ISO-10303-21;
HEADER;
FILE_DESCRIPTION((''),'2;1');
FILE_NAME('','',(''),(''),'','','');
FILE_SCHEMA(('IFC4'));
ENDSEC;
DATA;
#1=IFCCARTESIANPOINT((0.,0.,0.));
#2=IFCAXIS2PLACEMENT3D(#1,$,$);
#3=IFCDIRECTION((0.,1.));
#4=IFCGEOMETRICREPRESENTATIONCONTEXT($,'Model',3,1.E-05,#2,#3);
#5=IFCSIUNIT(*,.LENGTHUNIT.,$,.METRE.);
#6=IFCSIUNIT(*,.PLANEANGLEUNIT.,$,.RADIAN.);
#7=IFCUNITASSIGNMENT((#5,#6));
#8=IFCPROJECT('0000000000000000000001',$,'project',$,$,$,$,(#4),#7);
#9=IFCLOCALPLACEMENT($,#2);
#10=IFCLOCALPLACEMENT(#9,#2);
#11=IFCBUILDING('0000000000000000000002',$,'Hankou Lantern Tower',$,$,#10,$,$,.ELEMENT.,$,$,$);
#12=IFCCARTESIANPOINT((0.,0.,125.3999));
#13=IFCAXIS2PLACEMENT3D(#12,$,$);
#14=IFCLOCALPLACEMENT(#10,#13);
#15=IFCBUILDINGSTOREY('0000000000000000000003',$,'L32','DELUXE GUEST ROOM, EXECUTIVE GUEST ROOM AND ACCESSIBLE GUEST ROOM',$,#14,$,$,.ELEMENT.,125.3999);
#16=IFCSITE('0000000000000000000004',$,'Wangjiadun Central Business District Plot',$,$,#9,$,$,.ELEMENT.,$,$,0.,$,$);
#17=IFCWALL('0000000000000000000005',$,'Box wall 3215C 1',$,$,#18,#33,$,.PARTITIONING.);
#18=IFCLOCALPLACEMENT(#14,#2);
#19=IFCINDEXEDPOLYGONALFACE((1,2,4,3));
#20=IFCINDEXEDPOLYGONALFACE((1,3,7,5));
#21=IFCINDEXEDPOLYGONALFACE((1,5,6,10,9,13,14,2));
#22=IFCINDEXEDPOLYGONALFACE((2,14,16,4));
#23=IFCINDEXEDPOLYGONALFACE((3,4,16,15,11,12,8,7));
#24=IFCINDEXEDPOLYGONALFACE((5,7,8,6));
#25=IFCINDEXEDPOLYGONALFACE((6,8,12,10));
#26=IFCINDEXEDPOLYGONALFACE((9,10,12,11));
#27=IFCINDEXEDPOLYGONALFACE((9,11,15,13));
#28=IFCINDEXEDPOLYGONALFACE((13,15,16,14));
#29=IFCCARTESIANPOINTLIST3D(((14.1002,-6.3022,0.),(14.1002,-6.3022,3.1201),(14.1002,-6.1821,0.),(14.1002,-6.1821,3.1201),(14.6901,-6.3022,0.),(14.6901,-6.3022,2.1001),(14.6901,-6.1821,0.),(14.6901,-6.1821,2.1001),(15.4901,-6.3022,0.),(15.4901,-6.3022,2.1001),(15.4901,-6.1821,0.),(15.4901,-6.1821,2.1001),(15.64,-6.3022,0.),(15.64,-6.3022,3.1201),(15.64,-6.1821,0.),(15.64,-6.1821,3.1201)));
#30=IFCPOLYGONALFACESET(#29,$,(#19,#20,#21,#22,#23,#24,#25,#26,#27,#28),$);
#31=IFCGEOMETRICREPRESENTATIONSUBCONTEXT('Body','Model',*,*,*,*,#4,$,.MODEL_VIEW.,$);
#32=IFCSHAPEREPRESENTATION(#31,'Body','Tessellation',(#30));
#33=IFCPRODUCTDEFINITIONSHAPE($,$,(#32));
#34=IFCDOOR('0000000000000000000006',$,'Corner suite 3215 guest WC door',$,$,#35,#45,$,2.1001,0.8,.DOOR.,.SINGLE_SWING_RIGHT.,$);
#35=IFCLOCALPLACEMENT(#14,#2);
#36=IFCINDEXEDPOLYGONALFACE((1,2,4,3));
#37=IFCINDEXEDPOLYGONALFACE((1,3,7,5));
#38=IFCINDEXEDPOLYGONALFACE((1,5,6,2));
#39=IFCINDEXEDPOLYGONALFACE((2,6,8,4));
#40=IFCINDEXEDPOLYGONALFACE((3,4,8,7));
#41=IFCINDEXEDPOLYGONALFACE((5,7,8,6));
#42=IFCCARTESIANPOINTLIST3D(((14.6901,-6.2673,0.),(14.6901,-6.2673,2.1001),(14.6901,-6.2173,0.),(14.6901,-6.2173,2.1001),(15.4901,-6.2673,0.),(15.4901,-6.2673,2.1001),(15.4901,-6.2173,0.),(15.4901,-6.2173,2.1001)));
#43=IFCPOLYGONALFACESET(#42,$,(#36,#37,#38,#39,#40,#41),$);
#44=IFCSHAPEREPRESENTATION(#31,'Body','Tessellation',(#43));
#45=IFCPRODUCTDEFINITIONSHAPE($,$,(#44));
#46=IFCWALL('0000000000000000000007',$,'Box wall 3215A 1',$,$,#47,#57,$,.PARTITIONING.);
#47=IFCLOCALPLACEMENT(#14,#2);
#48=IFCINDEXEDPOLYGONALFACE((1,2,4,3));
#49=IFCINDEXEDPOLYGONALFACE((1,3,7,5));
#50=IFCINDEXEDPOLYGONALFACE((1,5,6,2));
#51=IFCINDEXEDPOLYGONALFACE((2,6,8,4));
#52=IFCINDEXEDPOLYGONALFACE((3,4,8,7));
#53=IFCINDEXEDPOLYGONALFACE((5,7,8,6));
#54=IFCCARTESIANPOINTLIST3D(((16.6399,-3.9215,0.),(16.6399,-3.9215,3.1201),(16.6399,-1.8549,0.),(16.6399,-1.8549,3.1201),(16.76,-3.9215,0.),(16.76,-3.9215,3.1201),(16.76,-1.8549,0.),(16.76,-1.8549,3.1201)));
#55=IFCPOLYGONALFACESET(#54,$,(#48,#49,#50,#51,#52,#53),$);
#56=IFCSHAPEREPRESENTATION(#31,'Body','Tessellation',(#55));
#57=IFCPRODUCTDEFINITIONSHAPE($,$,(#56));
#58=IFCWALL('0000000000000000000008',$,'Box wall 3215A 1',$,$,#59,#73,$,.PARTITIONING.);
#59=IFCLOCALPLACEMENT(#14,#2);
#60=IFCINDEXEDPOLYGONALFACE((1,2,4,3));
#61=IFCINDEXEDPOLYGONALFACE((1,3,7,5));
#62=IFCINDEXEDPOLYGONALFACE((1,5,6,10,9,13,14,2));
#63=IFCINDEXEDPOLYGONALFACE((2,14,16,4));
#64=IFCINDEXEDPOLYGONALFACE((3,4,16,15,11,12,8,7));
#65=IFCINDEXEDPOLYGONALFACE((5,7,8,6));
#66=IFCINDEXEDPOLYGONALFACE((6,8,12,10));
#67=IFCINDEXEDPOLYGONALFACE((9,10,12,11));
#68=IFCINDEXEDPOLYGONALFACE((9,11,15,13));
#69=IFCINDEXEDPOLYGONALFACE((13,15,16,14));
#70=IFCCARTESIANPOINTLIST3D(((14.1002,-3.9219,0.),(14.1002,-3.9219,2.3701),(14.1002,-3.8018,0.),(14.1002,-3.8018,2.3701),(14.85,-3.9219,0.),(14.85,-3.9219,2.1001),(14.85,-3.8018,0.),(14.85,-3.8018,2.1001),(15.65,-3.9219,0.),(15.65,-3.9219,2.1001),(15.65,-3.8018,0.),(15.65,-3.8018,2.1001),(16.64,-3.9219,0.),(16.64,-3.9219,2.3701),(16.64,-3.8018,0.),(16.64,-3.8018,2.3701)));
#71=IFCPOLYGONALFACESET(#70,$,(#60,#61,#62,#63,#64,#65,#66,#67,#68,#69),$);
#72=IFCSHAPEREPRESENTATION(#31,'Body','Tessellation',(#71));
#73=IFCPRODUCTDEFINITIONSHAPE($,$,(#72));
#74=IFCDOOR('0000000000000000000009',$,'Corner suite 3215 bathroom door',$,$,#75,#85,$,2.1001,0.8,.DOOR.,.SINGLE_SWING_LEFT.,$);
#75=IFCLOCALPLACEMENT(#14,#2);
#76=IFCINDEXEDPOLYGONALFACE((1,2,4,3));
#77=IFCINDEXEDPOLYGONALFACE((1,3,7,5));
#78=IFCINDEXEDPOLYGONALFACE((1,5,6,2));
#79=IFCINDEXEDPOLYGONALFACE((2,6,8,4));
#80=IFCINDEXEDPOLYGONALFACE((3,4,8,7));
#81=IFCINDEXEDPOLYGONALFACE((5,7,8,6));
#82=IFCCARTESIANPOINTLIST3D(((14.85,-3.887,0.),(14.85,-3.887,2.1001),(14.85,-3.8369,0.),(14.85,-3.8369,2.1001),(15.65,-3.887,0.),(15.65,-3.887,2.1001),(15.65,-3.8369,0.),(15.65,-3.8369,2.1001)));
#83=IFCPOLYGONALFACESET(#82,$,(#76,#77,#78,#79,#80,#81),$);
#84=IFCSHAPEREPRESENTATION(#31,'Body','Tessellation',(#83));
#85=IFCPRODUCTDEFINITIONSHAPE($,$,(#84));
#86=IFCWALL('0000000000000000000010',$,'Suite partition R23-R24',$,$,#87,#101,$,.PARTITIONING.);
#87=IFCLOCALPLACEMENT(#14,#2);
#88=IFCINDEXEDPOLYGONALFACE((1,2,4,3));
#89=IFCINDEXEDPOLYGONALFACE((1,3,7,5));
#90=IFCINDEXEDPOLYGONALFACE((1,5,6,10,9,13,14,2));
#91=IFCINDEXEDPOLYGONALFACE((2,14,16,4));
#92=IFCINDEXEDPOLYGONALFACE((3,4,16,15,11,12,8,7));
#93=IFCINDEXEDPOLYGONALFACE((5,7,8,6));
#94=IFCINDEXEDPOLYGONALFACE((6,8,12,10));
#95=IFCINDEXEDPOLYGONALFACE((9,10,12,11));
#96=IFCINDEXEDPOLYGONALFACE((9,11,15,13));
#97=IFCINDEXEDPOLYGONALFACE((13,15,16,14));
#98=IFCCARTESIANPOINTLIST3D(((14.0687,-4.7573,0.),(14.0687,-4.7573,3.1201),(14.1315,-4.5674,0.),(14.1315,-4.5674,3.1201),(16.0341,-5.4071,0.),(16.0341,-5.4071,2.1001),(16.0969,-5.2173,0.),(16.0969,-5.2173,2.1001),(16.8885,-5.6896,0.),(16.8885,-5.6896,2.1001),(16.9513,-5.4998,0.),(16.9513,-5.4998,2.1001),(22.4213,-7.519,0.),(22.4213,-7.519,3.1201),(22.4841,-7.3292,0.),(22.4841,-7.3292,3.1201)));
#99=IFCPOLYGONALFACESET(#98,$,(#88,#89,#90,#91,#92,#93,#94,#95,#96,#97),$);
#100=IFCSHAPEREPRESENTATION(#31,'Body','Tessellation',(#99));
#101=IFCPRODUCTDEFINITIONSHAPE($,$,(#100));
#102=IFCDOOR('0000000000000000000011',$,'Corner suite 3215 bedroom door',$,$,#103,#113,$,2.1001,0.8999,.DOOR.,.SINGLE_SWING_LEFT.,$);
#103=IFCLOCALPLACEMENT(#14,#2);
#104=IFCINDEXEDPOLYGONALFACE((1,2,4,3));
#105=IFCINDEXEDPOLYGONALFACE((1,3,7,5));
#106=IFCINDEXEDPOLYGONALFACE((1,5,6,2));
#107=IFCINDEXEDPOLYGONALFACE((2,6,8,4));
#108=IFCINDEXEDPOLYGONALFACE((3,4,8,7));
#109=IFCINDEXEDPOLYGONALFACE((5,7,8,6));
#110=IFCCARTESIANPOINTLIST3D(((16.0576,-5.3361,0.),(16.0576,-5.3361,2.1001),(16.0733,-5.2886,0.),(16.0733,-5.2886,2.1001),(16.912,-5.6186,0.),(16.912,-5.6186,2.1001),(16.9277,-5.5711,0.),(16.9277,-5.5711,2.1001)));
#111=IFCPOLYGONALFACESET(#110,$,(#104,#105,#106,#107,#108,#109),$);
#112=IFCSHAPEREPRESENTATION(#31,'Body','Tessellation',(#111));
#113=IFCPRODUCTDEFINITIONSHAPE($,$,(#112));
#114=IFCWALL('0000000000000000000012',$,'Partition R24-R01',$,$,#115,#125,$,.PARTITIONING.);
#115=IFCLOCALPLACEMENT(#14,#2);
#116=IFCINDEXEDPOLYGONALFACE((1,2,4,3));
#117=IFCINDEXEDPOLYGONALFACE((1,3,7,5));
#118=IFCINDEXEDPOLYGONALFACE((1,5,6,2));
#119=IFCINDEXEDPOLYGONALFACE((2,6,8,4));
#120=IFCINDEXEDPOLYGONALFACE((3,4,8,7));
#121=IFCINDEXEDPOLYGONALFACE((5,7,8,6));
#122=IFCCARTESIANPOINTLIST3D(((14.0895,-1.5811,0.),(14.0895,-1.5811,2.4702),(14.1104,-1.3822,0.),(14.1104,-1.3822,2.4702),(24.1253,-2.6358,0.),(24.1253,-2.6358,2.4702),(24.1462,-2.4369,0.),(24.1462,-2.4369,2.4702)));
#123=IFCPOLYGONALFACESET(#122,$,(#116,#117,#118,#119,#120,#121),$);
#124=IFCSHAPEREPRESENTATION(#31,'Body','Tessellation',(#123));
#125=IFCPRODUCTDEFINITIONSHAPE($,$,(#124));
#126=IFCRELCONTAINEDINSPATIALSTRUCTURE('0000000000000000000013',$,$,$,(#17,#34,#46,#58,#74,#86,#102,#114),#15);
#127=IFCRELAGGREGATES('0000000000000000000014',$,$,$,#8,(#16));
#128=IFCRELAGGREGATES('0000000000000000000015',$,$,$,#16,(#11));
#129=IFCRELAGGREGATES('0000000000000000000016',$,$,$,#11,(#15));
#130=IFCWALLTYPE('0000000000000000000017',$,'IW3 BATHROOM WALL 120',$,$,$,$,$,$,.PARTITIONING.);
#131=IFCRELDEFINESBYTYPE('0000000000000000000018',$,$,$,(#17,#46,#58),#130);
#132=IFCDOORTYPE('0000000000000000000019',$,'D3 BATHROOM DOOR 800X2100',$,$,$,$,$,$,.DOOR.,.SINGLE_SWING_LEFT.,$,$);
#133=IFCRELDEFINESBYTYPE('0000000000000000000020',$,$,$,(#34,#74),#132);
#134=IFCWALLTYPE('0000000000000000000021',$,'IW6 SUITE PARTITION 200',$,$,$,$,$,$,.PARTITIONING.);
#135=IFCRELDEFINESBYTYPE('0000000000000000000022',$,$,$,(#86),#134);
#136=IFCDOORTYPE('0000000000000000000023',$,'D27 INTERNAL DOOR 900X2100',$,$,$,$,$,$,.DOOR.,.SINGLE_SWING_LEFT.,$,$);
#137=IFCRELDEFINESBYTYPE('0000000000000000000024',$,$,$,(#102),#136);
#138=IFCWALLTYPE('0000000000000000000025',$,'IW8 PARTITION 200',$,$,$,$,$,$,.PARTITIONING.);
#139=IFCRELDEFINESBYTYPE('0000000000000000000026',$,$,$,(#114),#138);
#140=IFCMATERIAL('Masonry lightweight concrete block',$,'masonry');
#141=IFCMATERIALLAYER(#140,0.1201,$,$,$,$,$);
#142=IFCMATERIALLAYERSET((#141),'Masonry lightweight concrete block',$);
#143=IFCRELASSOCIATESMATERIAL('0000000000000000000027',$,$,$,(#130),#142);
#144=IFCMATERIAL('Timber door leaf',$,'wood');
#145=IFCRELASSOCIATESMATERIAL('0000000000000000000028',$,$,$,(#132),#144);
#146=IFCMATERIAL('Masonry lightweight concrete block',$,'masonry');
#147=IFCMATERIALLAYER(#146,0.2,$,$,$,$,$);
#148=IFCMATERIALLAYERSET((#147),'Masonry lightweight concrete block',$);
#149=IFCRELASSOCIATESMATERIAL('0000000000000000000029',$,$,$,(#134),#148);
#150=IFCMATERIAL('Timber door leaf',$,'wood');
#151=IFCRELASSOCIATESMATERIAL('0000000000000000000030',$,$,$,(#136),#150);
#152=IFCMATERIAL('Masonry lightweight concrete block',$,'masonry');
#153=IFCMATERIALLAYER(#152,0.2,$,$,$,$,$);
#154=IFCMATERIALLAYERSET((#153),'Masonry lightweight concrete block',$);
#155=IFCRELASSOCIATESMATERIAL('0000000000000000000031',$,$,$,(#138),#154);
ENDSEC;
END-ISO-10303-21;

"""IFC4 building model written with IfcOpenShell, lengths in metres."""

from ifc_helpers import new_model, si_unit, direction, frame, frame_2d, origin, place, context, subcontext, project, spatial, rectangle, extrude, material, layer, layer_set, type_object, element, fill, save


model = new_model("IFC4")

# Units and contexts
model_context = context("Model", 3, precision=1e-05, world=origin(), true_north=direction((0.0, 1.0)))
body_context = subcontext(model_context, "Body", "Model", "MODEL_VIEW")
ifc_project = project(units=[si_unit("LENGTHUNIT", "METRE"), si_unit("PLANEANGLEUNIT", "RADIAN")], contexts=[model_context])

# Site, building, storey
site_placement = place(None, origin())
site = spatial("IfcSite", under=ifc_project, at=site_placement, Name="Wangjiadun Central Business District Plot", CompositionType="ELEMENT", RefElevation=0.0)
building_placement = place(site_placement, origin())
building = spatial("IfcBuilding", under=site, at=building_placement, Name="Hankou Lantern Tower", CompositionType="ELEMENT")
storey_placement = place(building_placement, frame((0.0, 0.0, 125.3999)))
storey = spatial("IfcBuildingStorey", under=building, at=storey_placement, Name="L32", Description="DELUXE GUEST ROOM, EXECUTIVE GUEST ROOM AND ACCESSIBLE GUEST ROOM", CompositionType="ELEMENT", Elevation=125.3999)

# Shared definitions
ifc_material_1 = material(Name="Masonry lightweight concrete block", Category="masonry")
ifc_layer_1 = layer(ifc_material_1, 0.1201)
ifc_layer_set_1 = layer_set([ifc_layer_1], Name="Masonry lightweight concrete block")
wall_type_1 = type_object("IfcWallType", Name="IW3 BATHROOM WALL 120", PredefinedType="PARTITIONING", material=ifc_layer_set_1)

# Wall, opening, door
wall_1_placement = place(storey_placement, frame((14.1001, -6.2422, 0.0), z_axis=(0.0, 0.0, 1.0), x_axis=(1.0, 0.0, 0.0)))
wall_1 = element("IfcWall", 1, at=wall_1_placement, inside=storey, type_object=wall_type_1, Name="Box wall 3215C 1", PredefinedType="PARTITIONING", context=body_context, shape_type="SweptSolid", body=[
    extrude(rectangle(XDim=1.5398, YDim=0.1201, at=frame_2d((0.77, 0.0))), origin(), (0.0, 0.0, 1.0), 3.1201),
])
opening_1_placement = place(wall_1_placement, frame((0.5901, 0.0, 0.0)))
opening_1 = element("IfcOpeningElement", 2, at=opening_1_placement, cuts=wall_1, PredefinedType="OPENING", context=body_context, shape_type="SweptSolid", body=[
    extrude(rectangle(XDim=0.8, YDim=2.1001, at=frame_2d((0.3999, 1.05))), frame((0.0, 0.0701, 0.0), z_axis=(0.0, -1.0, 0.0), x_axis=(1.0, 0.0, 0.0)), (0.0, 0.0, 1.0), 0.1401),
])
ifc_material_2 = material(Name="Timber door leaf", Category="wood")
door_type_1 = type_object("IfcDoorType", Name="D3 BATHROOM DOOR 800X2100", OperationType="SINGLE_SWING_LEFT", PredefinedType="DOOR", material=ifc_material_2)
door_1_placement = place(opening_1_placement, origin())
door_1 = element("IfcDoor", 3, at=door_1_placement, inside=storey, type_object=door_type_1, Name="Corner suite 3215 guest WC door", OperationType="SINGLE_SWING_RIGHT", OverallHeight=2.1001, OverallWidth=0.8, PredefinedType="DOOR", context=body_context, shape_type="SweptSolid", body=[
    extrude(rectangle(XDim=0.8, YDim=2.1001, at=frame_2d((0.3999, 1.05))), frame((0.0, 0.0249, 0.0), z_axis=(0.0, -1.0, 0.0), x_axis=(1.0, 0.0, 0.0)), (0.0, 0.0, 1.0), 0.05),
])
fill(opening_1, door_1)

# Wall
wall_2_placement = place(storey_placement, frame((16.7, -1.855, 0.0), z_axis=(0.0, 0.0, 1.0), x_axis=(0.0, -1.0, 0.0)))
element("IfcWall", 4, at=wall_2_placement, inside=storey, type_object=wall_type_1, Name="Box wall 3215A 1", PredefinedType="PARTITIONING", context=body_context, shape_type="SweptSolid", body=[
    extrude(rectangle(XDim=2.0667, YDim=0.1201, at=frame_2d((1.0332, 0.0))), origin(), (0.0, 0.0, 1.0), 3.1201),
])

# Walls, openings, doors
wall_3_placement = place(storey_placement, frame((14.1001, -3.8618, 0.0), z_axis=(0.0, 0.0, 1.0), x_axis=(1.0, 0.0, 0.0)))
wall_3 = element("IfcWall", 5, at=wall_3_placement, inside=storey, type_object=wall_type_1, Name="Box wall 3215A 1", PredefinedType="PARTITIONING", context=body_context, shape_type="SweptSolid", body=[
    extrude(rectangle(XDim=2.5398, YDim=0.1201, at=frame_2d((1.27, 0.0))), origin(), (0.0, 0.0, 1.0), 2.3701),
])
opening_2_placement = place(wall_3_placement, frame((0.75, 0.0, 0.0)))
opening_2 = element("IfcOpeningElement", 6, at=opening_2_placement, cuts=wall_3, PredefinedType="OPENING", context=body_context, shape_type="SweptSolid", body=[
    extrude(rectangle(XDim=0.8, YDim=2.1001, at=frame_2d((0.3999, 1.05))), frame((0.0, 0.0701, 0.0), z_axis=(0.0, -1.0, 0.0), x_axis=(1.0, 0.0, 0.0)), (0.0, 0.0, 1.0), 0.1401),
])
door_2_placement = place(opening_2_placement, origin())
door_2 = element("IfcDoor", 7, at=door_2_placement, inside=storey, type_object=door_type_1, Name="Corner suite 3215 bathroom door", OperationType="SINGLE_SWING_LEFT", OverallHeight=2.1001, OverallWidth=0.8, PredefinedType="DOOR", context=body_context, shape_type="SweptSolid", body=[
    extrude(rectangle(XDim=0.8, YDim=2.1001, at=frame_2d((0.3999, 1.05))), frame((0.0, 0.0249, 0.0), z_axis=(0.0, -1.0, 0.0), x_axis=(1.0, 0.0, 0.0)), (0.0, 0.0, 1.0), 0.05),
])
fill(opening_2, door_2)
ifc_material_3 = material(Name="Masonry lightweight concrete block", Category="masonry")
ifc_layer_2 = layer(ifc_material_3, 0.2)
ifc_layer_set_2 = layer_set([ifc_layer_2], Name="Masonry lightweight concrete block")
wall_type_2 = type_object("IfcWallType", Name="IW6 SUITE PARTITION 200", PredefinedType="PARTITIONING", material=ifc_layer_set_2)
wall_4_placement = place(storey_placement, frame((14.1001, -4.6624, 0.0), z_axis=(0.0, 0.0, 1.0), x_axis=(0.949446, -0.313929, 0.0)))
wall_4 = element("IfcWall", 8, at=wall_4_placement, inside=storey, type_object=wall_type_2, Name="Suite partition R23-R24", PredefinedType="PARTITIONING", context=body_context, shape_type="SweptSolid", body=[
    extrude(rectangle(XDim=8.7974, YDim=0.2, at=frame_2d((4.3987, 0.0))), origin(), (0.0, 0.0, 1.0), 3.1201),
])
opening_3_placement = place(wall_4_placement, frame((2.0701, 0.0, 0.0)))
opening_3 = element("IfcOpeningElement", 9, at=opening_3_placement, cuts=wall_4, PredefinedType="OPENING", context=body_context, shape_type="SweptSolid", body=[
    extrude(rectangle(XDim=0.8999, YDim=2.1001, at=frame_2d((0.45, 1.05))), frame((0.0, 0.1099, 0.0), z_axis=(0.0, -1.0, 0.0), x_axis=(1.0, 0.0, 0.0)), (0.0, 0.0, 1.0), 0.22),
])
ifc_material_4 = material(Name="Timber door leaf", Category="wood")
door_type_2 = type_object("IfcDoorType", Name="D27 INTERNAL DOOR 900X2100", OperationType="SINGLE_SWING_LEFT", PredefinedType="DOOR", material=ifc_material_4)
door_3_placement = place(opening_3_placement, origin())
door_3 = element("IfcDoor", 10, at=door_3_placement, inside=storey, type_object=door_type_2, Name="Corner suite 3215 bedroom door", OperationType="SINGLE_SWING_LEFT", OverallHeight=2.1001, OverallWidth=0.8999, PredefinedType="DOOR", context=body_context, shape_type="SweptSolid", body=[
    extrude(rectangle(XDim=0.8999, YDim=2.1001, at=frame_2d((0.45, 1.05))), frame((0.0, 0.0249, 0.0), z_axis=(0.0, -1.0, 0.0), x_axis=(1.0, 0.0, 0.0)), (0.0, 0.0, 1.0), 0.05),
])
fill(opening_3, door_3)

# Wall
ifc_material_5 = material(Name="Masonry lightweight concrete block", Category="masonry")
ifc_layer_3 = layer(ifc_material_5, 0.2)
ifc_layer_set_3 = layer_set([ifc_layer_3], Name="Masonry lightweight concrete block")
wall_type_3 = type_object("IfcWallType", Name="IW8 PARTITION 200", PredefinedType="PARTITIONING", material=ifc_layer_set_3)
wall_5_placement = place(storey_placement, frame((14.1001, -1.4817, 0.0), z_axis=(0.0, 0.0, 1.0), x_axis=(0.994523, -0.104516, 0.0)))
element("IfcWall", 11, at=wall_5_placement, inside=storey, type_object=wall_type_3, Name="Partition R24-R01", PredefinedType="PARTITIONING", context=body_context, shape_type="SweptSolid", body=[
    extrude(rectangle(XDim=10.0911, YDim=0.2, at=frame_2d((5.0454, 0.0))), origin(), (0.0, 0.0, 1.0), 2.4702),
])

save(model, "model.ifc")
